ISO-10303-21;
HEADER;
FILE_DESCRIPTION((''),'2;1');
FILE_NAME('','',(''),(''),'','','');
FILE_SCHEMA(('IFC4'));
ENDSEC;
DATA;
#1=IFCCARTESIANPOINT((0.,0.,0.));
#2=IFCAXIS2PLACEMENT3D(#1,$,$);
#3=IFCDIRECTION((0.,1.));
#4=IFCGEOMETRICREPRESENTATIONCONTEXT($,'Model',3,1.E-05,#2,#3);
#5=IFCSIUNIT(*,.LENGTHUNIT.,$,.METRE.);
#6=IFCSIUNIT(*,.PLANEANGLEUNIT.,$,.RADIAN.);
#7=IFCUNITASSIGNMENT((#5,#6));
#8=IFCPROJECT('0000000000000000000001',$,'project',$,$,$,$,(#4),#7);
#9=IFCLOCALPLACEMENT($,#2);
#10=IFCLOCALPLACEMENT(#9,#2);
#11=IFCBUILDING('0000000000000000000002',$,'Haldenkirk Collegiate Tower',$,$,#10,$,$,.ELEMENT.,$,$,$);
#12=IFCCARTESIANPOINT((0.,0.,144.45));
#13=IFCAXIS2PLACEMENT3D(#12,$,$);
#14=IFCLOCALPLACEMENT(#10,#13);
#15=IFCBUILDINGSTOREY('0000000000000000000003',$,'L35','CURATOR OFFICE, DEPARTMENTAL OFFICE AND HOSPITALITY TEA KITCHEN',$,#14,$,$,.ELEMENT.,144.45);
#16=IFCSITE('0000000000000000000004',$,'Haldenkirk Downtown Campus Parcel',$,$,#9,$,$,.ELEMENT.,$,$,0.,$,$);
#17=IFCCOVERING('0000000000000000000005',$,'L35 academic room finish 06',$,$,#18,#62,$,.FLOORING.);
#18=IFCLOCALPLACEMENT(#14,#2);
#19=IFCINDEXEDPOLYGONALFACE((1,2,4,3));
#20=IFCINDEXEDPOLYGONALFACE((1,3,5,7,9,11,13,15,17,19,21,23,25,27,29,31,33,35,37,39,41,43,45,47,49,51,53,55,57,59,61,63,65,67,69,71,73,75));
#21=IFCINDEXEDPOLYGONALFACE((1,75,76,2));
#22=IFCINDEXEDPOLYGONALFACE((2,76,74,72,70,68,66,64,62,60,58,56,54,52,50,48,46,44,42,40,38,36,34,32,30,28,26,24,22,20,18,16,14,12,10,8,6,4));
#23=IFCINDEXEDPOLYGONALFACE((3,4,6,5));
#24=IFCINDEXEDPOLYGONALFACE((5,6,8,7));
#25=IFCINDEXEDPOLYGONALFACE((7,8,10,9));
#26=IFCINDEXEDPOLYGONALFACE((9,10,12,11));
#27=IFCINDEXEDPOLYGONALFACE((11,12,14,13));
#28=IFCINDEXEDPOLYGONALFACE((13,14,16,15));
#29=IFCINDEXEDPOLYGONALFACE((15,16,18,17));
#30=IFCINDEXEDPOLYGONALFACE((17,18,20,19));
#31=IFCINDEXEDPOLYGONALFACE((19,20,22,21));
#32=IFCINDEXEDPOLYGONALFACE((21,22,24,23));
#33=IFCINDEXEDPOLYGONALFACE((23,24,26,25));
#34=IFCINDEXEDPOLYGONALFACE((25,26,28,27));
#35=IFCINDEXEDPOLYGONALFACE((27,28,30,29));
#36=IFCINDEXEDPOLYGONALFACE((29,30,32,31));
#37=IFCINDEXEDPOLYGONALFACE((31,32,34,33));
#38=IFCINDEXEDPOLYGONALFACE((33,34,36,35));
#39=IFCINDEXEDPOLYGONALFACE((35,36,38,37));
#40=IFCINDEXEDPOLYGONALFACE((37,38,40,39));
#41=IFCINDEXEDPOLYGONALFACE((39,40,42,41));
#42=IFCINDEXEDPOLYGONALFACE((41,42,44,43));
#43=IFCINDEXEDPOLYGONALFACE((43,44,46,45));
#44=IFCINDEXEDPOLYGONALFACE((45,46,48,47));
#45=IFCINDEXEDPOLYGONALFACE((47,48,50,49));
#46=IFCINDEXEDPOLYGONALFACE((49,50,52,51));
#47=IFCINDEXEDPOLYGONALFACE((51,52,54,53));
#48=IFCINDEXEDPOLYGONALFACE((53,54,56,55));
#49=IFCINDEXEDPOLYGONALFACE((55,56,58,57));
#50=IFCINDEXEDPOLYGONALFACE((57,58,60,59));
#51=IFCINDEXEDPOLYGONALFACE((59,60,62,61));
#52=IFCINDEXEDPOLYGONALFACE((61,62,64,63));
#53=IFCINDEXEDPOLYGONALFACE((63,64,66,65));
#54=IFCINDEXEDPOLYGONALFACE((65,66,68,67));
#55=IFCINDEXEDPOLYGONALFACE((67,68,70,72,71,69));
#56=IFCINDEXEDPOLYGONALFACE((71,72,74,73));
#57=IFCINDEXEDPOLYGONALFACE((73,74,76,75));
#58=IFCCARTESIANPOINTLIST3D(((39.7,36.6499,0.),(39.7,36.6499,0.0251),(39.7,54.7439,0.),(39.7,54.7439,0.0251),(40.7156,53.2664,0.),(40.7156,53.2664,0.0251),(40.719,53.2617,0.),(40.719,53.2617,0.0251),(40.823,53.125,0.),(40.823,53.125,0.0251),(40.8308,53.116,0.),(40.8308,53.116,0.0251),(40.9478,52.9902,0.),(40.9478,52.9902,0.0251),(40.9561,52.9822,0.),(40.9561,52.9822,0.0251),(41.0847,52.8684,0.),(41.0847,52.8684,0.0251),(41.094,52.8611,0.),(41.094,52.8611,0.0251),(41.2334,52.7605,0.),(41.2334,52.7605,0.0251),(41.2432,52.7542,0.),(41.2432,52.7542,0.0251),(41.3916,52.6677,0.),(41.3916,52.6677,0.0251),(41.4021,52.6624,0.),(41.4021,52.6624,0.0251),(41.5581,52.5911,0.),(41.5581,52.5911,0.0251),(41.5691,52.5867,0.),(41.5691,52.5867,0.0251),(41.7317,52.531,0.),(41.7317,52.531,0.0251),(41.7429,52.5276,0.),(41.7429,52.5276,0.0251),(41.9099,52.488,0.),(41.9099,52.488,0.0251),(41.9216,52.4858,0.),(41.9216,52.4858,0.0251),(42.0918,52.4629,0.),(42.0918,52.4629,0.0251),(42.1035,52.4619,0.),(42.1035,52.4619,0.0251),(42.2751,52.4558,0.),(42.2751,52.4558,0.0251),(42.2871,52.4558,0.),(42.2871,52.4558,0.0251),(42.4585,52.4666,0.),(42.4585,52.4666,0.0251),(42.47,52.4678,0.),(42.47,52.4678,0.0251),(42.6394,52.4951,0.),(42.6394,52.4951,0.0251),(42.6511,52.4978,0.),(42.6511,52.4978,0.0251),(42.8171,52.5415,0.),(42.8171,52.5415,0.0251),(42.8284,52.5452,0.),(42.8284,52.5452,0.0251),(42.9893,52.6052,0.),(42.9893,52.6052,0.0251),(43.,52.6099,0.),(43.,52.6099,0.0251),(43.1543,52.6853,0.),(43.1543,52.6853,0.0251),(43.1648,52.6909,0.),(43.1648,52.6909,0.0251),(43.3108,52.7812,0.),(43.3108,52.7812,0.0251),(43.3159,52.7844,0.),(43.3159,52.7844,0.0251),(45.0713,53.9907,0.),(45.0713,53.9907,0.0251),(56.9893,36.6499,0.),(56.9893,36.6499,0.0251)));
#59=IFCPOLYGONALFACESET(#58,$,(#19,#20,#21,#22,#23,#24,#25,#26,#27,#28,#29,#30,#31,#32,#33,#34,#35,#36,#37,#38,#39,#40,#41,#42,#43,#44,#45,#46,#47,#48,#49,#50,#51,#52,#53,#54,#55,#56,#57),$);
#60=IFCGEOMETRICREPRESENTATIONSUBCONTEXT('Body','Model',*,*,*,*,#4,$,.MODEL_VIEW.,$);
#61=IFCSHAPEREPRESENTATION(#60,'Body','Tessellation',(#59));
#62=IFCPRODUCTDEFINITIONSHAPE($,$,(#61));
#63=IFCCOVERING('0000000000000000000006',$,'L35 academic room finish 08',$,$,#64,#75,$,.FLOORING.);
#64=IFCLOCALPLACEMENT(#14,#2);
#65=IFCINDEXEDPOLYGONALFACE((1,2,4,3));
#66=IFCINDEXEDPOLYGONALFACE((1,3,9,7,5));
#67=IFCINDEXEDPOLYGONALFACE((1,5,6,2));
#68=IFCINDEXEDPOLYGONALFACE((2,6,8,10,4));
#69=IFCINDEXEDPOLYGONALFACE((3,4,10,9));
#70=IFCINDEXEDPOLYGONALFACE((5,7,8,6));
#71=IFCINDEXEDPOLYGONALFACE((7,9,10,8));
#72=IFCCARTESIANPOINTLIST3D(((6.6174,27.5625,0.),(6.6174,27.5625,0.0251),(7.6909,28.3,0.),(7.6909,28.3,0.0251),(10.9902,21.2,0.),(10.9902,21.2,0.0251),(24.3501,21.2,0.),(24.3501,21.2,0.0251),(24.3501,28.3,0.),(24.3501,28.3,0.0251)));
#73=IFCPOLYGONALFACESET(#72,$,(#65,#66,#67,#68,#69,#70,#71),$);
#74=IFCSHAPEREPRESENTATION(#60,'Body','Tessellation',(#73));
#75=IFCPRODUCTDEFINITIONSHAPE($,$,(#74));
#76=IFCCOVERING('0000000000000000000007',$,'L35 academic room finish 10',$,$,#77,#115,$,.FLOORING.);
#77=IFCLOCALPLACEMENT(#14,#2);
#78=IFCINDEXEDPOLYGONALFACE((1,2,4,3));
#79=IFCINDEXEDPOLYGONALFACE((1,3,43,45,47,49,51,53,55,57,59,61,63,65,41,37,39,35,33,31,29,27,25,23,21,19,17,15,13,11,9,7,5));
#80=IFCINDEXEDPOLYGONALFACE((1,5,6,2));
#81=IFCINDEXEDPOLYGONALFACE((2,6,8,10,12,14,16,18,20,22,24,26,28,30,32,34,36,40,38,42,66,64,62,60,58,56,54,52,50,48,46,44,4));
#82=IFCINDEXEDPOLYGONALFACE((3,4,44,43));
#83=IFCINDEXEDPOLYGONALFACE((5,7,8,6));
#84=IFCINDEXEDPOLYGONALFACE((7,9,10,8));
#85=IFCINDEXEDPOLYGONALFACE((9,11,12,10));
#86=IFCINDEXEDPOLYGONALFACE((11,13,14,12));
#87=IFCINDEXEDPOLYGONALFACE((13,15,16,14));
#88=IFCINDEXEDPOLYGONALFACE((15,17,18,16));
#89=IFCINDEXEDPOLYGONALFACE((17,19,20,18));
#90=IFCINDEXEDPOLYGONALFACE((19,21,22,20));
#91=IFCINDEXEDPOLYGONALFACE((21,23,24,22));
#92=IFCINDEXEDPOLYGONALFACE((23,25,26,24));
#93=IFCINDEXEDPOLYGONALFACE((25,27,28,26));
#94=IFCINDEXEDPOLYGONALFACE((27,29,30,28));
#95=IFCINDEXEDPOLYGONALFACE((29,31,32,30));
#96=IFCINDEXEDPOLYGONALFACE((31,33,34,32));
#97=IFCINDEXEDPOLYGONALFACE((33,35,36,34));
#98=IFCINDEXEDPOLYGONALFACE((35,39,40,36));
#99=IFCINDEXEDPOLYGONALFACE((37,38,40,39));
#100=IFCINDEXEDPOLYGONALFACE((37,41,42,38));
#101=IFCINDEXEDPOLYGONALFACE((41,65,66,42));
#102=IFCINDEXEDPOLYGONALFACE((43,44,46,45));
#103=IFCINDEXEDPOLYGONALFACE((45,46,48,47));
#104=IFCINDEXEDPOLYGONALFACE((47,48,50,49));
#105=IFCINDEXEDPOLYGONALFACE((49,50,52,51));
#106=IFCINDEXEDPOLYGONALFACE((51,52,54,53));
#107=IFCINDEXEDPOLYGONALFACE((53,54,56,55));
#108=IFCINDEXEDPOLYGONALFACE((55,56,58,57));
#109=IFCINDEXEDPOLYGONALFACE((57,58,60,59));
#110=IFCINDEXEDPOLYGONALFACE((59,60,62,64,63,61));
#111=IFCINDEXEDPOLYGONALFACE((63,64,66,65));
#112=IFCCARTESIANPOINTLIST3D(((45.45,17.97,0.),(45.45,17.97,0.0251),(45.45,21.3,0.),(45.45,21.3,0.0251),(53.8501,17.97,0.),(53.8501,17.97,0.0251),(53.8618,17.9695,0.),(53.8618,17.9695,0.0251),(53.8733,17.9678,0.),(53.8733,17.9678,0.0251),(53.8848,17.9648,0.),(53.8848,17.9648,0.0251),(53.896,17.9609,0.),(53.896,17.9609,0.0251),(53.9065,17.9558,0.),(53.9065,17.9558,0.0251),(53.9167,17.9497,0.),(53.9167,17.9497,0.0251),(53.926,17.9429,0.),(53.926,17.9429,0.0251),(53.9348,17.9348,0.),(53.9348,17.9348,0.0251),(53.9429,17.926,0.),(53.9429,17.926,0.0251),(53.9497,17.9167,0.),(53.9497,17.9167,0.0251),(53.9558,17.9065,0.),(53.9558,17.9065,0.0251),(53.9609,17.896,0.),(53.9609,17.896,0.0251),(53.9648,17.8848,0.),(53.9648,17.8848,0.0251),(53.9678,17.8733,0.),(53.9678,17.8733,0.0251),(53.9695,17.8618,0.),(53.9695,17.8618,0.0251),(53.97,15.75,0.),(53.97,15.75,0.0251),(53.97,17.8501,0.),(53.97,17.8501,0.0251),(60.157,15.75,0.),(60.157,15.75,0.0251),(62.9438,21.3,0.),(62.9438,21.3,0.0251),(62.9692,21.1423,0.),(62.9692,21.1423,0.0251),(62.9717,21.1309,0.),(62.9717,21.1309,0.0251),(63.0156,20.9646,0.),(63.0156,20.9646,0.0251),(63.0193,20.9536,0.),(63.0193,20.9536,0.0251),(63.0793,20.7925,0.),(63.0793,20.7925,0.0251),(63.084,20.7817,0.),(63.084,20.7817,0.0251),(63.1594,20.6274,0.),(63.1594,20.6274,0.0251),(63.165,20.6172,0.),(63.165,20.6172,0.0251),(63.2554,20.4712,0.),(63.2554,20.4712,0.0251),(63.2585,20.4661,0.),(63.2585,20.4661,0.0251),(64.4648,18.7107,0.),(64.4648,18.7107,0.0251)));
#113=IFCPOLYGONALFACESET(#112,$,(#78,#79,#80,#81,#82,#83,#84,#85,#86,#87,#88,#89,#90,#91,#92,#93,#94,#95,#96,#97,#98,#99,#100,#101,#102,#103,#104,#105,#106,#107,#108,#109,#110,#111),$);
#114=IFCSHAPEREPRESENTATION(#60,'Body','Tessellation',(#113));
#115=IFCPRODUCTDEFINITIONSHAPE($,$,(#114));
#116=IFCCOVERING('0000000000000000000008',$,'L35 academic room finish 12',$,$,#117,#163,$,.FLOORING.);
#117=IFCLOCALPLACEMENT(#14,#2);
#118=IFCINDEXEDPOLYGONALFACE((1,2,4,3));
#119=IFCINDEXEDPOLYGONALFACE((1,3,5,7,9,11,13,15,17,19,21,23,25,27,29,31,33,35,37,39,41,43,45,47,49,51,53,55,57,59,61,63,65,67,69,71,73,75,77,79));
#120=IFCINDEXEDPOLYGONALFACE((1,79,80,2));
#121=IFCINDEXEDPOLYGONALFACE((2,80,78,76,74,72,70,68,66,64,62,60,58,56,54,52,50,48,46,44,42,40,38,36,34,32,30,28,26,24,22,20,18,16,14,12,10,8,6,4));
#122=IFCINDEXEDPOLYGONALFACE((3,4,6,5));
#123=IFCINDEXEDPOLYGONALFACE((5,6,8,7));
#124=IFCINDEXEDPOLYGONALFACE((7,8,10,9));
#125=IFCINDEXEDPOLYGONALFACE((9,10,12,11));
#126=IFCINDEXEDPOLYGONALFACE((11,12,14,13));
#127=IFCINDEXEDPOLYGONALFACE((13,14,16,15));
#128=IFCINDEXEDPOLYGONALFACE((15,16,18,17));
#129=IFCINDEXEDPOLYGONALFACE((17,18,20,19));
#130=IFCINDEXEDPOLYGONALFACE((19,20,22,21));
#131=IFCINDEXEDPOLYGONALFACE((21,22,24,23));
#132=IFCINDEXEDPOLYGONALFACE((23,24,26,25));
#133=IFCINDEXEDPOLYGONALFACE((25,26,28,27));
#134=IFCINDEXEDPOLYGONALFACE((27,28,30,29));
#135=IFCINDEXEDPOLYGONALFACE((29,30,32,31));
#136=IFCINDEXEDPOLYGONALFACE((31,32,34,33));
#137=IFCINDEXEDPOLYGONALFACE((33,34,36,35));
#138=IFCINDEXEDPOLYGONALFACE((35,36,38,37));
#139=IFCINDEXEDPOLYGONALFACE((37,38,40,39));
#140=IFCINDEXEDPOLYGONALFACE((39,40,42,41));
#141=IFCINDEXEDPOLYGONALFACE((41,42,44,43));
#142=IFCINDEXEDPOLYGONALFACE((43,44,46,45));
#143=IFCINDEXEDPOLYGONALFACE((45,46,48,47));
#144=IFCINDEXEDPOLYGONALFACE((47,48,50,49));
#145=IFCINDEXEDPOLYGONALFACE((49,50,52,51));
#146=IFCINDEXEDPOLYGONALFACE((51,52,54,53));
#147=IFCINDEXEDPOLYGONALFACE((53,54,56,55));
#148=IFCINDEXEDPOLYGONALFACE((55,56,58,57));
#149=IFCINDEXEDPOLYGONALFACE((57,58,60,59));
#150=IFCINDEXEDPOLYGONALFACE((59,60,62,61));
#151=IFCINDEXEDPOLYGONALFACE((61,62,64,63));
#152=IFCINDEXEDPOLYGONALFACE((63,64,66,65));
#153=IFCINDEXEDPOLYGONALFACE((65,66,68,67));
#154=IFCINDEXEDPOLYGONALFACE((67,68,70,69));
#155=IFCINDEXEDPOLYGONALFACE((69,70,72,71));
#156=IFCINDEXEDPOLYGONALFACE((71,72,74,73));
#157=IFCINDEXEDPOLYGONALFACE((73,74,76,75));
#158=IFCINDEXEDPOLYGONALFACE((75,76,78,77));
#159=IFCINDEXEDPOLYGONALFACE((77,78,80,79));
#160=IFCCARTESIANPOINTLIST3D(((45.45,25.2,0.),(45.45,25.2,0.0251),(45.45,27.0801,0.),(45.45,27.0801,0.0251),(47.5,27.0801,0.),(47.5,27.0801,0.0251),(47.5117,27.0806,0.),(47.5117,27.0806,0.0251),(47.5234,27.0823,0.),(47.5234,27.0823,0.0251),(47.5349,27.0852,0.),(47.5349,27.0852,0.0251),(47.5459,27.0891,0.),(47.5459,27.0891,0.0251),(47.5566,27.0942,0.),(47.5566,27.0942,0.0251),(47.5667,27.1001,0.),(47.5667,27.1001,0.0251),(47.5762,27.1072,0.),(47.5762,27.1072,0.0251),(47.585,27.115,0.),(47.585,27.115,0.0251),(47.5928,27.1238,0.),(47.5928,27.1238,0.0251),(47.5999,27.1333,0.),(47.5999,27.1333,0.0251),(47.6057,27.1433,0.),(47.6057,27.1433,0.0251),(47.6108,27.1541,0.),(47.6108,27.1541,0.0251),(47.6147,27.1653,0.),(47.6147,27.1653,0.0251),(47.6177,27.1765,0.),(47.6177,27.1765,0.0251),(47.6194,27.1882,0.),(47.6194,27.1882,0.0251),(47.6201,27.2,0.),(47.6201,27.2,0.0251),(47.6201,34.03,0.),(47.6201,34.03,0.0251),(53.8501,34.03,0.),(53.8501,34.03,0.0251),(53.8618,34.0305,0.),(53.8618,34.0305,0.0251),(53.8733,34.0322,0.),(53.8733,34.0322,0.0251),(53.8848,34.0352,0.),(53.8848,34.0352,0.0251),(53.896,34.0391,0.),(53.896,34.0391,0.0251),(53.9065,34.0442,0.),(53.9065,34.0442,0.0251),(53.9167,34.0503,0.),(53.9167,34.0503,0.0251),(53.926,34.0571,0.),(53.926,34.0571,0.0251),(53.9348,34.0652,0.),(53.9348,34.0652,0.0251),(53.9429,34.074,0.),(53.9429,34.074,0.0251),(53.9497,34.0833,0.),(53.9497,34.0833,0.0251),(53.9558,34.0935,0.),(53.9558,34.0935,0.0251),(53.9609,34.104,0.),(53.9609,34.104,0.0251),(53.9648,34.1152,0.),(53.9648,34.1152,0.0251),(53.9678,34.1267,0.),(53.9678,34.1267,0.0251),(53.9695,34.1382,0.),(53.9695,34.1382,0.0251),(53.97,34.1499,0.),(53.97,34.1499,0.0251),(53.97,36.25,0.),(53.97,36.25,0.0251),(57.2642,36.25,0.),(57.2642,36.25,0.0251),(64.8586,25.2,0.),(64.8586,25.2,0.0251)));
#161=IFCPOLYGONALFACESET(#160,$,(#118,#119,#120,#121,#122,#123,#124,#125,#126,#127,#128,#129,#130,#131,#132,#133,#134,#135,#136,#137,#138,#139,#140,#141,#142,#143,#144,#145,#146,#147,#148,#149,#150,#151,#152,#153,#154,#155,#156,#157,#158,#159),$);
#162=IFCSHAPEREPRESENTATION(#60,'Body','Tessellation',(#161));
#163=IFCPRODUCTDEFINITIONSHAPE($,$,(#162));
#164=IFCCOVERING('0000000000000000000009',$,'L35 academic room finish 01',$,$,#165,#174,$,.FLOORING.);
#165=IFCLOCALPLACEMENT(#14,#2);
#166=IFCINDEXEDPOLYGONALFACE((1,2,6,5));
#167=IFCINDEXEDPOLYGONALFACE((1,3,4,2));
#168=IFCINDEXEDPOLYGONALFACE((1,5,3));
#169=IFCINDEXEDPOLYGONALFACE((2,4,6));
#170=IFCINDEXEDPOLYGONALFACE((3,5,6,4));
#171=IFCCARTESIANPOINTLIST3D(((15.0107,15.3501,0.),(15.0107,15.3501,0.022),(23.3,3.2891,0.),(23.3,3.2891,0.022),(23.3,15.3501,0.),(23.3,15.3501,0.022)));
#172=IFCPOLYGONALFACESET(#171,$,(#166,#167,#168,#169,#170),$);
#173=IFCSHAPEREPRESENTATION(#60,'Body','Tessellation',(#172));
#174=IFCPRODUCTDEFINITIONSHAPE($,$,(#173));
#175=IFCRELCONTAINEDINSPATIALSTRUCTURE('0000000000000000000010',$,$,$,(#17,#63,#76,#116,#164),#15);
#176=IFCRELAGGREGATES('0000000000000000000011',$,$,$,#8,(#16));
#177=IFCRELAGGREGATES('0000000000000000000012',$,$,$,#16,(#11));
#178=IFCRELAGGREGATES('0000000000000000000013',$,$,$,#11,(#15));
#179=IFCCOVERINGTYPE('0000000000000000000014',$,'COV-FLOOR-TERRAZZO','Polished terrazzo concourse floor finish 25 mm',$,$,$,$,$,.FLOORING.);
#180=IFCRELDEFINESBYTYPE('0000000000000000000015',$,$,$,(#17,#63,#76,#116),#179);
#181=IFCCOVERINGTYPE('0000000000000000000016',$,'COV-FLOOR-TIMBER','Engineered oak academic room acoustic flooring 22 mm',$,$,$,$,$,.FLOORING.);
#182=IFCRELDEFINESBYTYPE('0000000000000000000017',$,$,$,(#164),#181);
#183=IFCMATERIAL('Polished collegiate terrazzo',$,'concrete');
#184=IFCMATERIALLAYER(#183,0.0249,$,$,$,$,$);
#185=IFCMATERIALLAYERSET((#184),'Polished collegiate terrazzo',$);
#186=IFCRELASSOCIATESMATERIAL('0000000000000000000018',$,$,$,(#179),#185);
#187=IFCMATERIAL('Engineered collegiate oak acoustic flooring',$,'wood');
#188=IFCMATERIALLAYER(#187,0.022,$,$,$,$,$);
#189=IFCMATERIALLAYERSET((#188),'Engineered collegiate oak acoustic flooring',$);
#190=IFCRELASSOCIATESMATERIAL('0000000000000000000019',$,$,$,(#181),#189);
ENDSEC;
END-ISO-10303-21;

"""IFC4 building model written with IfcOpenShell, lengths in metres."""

from ifc_helpers import new_model, si_unit, direction, frame, origin, place, context, subcontext, project, spatial, polyline, outline, extrude, material, layer, layer_set, type_object, element, save


model = new_model("IFC4")

# Units and contexts
model_context = context("Model", 3, precision=1e-05, world=origin(), true_north=direction((0.0, 1.0)))
body_context = subcontext(model_context, "Body", "Model", "MODEL_VIEW")
ifc_project = project(units=[si_unit("LENGTHUNIT", "METRE"), si_unit("PLANEANGLEUNIT", "RADIAN")], contexts=[model_context])

# Site, building, storey
site_placement = place(None, origin())
site = spatial("IfcSite", under=ifc_project, at=site_placement, Name="Haldenkirk Downtown Campus Parcel", CompositionType="ELEMENT", RefElevation=0.0)
building_placement = place(site_placement, origin())
building = spatial("IfcBuilding", under=site, at=building_placement, Name="Haldenkirk Collegiate Tower", CompositionType="ELEMENT")
storey_placement = place(building_placement, frame((0.0, 0.0, 144.45)))
storey = spatial("IfcBuildingStorey", under=building, at=storey_placement, Name="L35", Description="CURATOR OFFICE, DEPARTMENTAL OFFICE AND HOSPITALITY TEA KITCHEN", CompositionType="ELEMENT", Elevation=144.45)

# Coverings
ifc_material_1 = material(Name="Polished collegiate terrazzo", Category="concrete")
ifc_layer_1 = layer(ifc_material_1, 0.0249)
ifc_layer_set_1 = layer_set([ifc_layer_1], Name="Polished collegiate terrazzo")
covering_type_1 = type_object("IfcCoveringType", Name="COV-FLOOR-TERRAZZO", Description="Polished terrazzo concourse floor finish 25 mm", PredefinedType="FLOORING", material=ifc_layer_set_1)
covering_1_placement = place(storey_placement, origin())
element("IfcCovering", 1, at=covering_1_placement, inside=storey, type_object=covering_type_1, Name="L35 academic room finish 06", PredefinedType="FLOORING", context=body_context, shape_type="SweptSolid", body=[
    extrude(outline(polyline([(40.7156, 53.2664), (40.719, 53.2617), (40.823, 53.125), (40.8308, 53.116), (40.9478, 52.9902), (40.9561, 52.9822), (41.0847, 52.8684), (41.094, 52.8611), (41.2334, 52.7605), (41.2432, 52.7542), (41.3916, 52.6677), (41.4021, 52.6624), (41.5581, 52.5911), (41.5691, 52.5867), (41.7317, 52.531), (41.7429, 52.5276), (41.9099, 52.488), (41.9216, 52.4858), (42.0918, 52.4629), (42.1035, 52.4619), (42.2751, 52.4558), (42.2871, 52.4558), (42.4585, 52.4666), (42.47, 52.4678), (42.6394, 52.4951), (42.6511, 52.4978), (42.8171, 52.5415), (42.8284, 52.5452), (42.9893, 52.6052), (43.0, 52.6099), (43.1543, 52.6853), (43.1648, 52.6909), (43.3108, 52.7812), (43.3159, 52.7844), (45.0713, 53.9907), (56.9893, 36.6499), (39.7, 36.6499), (39.7, 54.7439), (40.7156, 53.2664)])), origin(), (0.0, 0.0, 1.0), 0.0251),
])
covering_2_placement = place(storey_placement, origin())
element("IfcCovering", 2, at=covering_2_placement, inside=storey, type_object=covering_type_1, Name="L35 academic room finish 08", PredefinedType="FLOORING", context=body_context, shape_type="SweptSolid", body=[
    extrude(outline(polyline([(7.6909, 28.3), (24.3501, 28.3), (24.3501, 21.2), (10.9902, 21.2), (6.6174, 27.5625), (7.6909, 28.3)])), origin(), (0.0, 0.0, 1.0), 0.0251),
])
covering_3_placement = place(storey_placement, origin())
element("IfcCovering", 3, at=covering_3_placement, inside=storey, type_object=covering_type_1, Name="L35 academic room finish 10", PredefinedType="FLOORING", context=body_context, shape_type="SweptSolid", body=[
    extrude(outline(polyline([(62.9438, 21.3), (62.9692, 21.1423), (62.9717, 21.1309), (63.0156, 20.9646), (63.0193, 20.9536), (63.0793, 20.7925), (63.084, 20.7817), (63.1594, 20.6274), (63.165, 20.6172), (63.2554, 20.4712), (63.2585, 20.4661), (64.4648, 18.7107), (60.157, 15.75), (53.97, 15.75), (53.97, 17.8501), (53.9695, 17.8618), (53.9678, 17.8733), (53.9648, 17.8848), (53.9609, 17.896), (53.9558, 17.9065), (53.9497, 17.9167), (53.9429, 17.926), (53.9348, 17.9348), (53.926, 17.9429), (53.9167, 17.9497), (53.9065, 17.9558), (53.896, 17.9609), (53.8848, 17.9648), (53.8733, 17.9678), (53.8618, 17.9695), (53.8501, 17.97), (45.45, 17.97), (45.45, 21.3), (62.9438, 21.3)])), origin(), (0.0, 0.0, 1.0), 0.0251),
])
covering_4_placement = place(storey_placement, origin())
element("IfcCovering", 4, at=covering_4_placement, inside=storey, type_object=covering_type_1, Name="L35 academic room finish 12", PredefinedType="FLOORING", context=body_context, shape_type="SweptSolid", body=[
    extrude(outline(polyline([(47.5, 27.0801), (47.5117, 27.0806), (47.5234, 27.0823), (47.5349, 27.0852), (47.5459, 27.0891), (47.5566, 27.0942), (47.5667, 27.1001), (47.5762, 27.1072), (47.585, 27.115), (47.5928, 27.1238), (47.5999, 27.1333), (47.6057, 27.1433), (47.6108, 27.1541), (47.6147, 27.1653), (47.6177, 27.1765), (47.6194, 27.1882), (47.6201, 27.2), (47.6201, 34.03), (53.8501, 34.03), (53.8618, 34.0305), (53.8733, 34.0322), (53.8848, 34.0352), (53.896, 34.0391), (53.9065, 34.0442), (53.9167, 34.0503), (53.926, 34.0571), (53.9348, 34.0652), (53.9429, 34.074), (53.9497, 34.0833), (53.9558, 34.0935), (53.9609, 34.104), (53.9648, 34.1152), (53.9678, 34.1267), (53.9695, 34.1382), (53.97, 34.1499), (53.97, 36.25), (57.2642, 36.25), (64.8586, 25.2), (45.45, 25.2), (45.45, 27.0801), (47.5, 27.0801)])), origin(), (0.0, 0.0, 1.0), 0.0251),
])
ifc_material_2 = material(Name="Engineered collegiate oak acoustic flooring", Category="wood")
ifc_layer_2 = layer(ifc_material_2, 0.022)
ifc_layer_set_2 = layer_set([ifc_layer_2], Name="Engineered collegiate oak acoustic flooring")
covering_type_2 = type_object("IfcCoveringType", Name="COV-FLOOR-TIMBER", Description="Engineered oak academic room acoustic flooring 22 mm", PredefinedType="FLOORING", material=ifc_layer_set_2)
covering_5_placement = place(storey_placement, origin())
element("IfcCovering", 5, at=covering_5_placement, inside=storey, type_object=covering_type_2, Name="L35 academic room finish 01", PredefinedType="FLOORING", context=body_context, shape_type="SweptSolid", body=[
    extrude(outline(polyline([(15.0107, 15.3501), (23.3, 15.3501), (23.3, 3.2891), (15.0107, 15.3501)])), origin(), (0.0, 0.0, 1.0), 0.022),
])

save(model, "model.ifc")
